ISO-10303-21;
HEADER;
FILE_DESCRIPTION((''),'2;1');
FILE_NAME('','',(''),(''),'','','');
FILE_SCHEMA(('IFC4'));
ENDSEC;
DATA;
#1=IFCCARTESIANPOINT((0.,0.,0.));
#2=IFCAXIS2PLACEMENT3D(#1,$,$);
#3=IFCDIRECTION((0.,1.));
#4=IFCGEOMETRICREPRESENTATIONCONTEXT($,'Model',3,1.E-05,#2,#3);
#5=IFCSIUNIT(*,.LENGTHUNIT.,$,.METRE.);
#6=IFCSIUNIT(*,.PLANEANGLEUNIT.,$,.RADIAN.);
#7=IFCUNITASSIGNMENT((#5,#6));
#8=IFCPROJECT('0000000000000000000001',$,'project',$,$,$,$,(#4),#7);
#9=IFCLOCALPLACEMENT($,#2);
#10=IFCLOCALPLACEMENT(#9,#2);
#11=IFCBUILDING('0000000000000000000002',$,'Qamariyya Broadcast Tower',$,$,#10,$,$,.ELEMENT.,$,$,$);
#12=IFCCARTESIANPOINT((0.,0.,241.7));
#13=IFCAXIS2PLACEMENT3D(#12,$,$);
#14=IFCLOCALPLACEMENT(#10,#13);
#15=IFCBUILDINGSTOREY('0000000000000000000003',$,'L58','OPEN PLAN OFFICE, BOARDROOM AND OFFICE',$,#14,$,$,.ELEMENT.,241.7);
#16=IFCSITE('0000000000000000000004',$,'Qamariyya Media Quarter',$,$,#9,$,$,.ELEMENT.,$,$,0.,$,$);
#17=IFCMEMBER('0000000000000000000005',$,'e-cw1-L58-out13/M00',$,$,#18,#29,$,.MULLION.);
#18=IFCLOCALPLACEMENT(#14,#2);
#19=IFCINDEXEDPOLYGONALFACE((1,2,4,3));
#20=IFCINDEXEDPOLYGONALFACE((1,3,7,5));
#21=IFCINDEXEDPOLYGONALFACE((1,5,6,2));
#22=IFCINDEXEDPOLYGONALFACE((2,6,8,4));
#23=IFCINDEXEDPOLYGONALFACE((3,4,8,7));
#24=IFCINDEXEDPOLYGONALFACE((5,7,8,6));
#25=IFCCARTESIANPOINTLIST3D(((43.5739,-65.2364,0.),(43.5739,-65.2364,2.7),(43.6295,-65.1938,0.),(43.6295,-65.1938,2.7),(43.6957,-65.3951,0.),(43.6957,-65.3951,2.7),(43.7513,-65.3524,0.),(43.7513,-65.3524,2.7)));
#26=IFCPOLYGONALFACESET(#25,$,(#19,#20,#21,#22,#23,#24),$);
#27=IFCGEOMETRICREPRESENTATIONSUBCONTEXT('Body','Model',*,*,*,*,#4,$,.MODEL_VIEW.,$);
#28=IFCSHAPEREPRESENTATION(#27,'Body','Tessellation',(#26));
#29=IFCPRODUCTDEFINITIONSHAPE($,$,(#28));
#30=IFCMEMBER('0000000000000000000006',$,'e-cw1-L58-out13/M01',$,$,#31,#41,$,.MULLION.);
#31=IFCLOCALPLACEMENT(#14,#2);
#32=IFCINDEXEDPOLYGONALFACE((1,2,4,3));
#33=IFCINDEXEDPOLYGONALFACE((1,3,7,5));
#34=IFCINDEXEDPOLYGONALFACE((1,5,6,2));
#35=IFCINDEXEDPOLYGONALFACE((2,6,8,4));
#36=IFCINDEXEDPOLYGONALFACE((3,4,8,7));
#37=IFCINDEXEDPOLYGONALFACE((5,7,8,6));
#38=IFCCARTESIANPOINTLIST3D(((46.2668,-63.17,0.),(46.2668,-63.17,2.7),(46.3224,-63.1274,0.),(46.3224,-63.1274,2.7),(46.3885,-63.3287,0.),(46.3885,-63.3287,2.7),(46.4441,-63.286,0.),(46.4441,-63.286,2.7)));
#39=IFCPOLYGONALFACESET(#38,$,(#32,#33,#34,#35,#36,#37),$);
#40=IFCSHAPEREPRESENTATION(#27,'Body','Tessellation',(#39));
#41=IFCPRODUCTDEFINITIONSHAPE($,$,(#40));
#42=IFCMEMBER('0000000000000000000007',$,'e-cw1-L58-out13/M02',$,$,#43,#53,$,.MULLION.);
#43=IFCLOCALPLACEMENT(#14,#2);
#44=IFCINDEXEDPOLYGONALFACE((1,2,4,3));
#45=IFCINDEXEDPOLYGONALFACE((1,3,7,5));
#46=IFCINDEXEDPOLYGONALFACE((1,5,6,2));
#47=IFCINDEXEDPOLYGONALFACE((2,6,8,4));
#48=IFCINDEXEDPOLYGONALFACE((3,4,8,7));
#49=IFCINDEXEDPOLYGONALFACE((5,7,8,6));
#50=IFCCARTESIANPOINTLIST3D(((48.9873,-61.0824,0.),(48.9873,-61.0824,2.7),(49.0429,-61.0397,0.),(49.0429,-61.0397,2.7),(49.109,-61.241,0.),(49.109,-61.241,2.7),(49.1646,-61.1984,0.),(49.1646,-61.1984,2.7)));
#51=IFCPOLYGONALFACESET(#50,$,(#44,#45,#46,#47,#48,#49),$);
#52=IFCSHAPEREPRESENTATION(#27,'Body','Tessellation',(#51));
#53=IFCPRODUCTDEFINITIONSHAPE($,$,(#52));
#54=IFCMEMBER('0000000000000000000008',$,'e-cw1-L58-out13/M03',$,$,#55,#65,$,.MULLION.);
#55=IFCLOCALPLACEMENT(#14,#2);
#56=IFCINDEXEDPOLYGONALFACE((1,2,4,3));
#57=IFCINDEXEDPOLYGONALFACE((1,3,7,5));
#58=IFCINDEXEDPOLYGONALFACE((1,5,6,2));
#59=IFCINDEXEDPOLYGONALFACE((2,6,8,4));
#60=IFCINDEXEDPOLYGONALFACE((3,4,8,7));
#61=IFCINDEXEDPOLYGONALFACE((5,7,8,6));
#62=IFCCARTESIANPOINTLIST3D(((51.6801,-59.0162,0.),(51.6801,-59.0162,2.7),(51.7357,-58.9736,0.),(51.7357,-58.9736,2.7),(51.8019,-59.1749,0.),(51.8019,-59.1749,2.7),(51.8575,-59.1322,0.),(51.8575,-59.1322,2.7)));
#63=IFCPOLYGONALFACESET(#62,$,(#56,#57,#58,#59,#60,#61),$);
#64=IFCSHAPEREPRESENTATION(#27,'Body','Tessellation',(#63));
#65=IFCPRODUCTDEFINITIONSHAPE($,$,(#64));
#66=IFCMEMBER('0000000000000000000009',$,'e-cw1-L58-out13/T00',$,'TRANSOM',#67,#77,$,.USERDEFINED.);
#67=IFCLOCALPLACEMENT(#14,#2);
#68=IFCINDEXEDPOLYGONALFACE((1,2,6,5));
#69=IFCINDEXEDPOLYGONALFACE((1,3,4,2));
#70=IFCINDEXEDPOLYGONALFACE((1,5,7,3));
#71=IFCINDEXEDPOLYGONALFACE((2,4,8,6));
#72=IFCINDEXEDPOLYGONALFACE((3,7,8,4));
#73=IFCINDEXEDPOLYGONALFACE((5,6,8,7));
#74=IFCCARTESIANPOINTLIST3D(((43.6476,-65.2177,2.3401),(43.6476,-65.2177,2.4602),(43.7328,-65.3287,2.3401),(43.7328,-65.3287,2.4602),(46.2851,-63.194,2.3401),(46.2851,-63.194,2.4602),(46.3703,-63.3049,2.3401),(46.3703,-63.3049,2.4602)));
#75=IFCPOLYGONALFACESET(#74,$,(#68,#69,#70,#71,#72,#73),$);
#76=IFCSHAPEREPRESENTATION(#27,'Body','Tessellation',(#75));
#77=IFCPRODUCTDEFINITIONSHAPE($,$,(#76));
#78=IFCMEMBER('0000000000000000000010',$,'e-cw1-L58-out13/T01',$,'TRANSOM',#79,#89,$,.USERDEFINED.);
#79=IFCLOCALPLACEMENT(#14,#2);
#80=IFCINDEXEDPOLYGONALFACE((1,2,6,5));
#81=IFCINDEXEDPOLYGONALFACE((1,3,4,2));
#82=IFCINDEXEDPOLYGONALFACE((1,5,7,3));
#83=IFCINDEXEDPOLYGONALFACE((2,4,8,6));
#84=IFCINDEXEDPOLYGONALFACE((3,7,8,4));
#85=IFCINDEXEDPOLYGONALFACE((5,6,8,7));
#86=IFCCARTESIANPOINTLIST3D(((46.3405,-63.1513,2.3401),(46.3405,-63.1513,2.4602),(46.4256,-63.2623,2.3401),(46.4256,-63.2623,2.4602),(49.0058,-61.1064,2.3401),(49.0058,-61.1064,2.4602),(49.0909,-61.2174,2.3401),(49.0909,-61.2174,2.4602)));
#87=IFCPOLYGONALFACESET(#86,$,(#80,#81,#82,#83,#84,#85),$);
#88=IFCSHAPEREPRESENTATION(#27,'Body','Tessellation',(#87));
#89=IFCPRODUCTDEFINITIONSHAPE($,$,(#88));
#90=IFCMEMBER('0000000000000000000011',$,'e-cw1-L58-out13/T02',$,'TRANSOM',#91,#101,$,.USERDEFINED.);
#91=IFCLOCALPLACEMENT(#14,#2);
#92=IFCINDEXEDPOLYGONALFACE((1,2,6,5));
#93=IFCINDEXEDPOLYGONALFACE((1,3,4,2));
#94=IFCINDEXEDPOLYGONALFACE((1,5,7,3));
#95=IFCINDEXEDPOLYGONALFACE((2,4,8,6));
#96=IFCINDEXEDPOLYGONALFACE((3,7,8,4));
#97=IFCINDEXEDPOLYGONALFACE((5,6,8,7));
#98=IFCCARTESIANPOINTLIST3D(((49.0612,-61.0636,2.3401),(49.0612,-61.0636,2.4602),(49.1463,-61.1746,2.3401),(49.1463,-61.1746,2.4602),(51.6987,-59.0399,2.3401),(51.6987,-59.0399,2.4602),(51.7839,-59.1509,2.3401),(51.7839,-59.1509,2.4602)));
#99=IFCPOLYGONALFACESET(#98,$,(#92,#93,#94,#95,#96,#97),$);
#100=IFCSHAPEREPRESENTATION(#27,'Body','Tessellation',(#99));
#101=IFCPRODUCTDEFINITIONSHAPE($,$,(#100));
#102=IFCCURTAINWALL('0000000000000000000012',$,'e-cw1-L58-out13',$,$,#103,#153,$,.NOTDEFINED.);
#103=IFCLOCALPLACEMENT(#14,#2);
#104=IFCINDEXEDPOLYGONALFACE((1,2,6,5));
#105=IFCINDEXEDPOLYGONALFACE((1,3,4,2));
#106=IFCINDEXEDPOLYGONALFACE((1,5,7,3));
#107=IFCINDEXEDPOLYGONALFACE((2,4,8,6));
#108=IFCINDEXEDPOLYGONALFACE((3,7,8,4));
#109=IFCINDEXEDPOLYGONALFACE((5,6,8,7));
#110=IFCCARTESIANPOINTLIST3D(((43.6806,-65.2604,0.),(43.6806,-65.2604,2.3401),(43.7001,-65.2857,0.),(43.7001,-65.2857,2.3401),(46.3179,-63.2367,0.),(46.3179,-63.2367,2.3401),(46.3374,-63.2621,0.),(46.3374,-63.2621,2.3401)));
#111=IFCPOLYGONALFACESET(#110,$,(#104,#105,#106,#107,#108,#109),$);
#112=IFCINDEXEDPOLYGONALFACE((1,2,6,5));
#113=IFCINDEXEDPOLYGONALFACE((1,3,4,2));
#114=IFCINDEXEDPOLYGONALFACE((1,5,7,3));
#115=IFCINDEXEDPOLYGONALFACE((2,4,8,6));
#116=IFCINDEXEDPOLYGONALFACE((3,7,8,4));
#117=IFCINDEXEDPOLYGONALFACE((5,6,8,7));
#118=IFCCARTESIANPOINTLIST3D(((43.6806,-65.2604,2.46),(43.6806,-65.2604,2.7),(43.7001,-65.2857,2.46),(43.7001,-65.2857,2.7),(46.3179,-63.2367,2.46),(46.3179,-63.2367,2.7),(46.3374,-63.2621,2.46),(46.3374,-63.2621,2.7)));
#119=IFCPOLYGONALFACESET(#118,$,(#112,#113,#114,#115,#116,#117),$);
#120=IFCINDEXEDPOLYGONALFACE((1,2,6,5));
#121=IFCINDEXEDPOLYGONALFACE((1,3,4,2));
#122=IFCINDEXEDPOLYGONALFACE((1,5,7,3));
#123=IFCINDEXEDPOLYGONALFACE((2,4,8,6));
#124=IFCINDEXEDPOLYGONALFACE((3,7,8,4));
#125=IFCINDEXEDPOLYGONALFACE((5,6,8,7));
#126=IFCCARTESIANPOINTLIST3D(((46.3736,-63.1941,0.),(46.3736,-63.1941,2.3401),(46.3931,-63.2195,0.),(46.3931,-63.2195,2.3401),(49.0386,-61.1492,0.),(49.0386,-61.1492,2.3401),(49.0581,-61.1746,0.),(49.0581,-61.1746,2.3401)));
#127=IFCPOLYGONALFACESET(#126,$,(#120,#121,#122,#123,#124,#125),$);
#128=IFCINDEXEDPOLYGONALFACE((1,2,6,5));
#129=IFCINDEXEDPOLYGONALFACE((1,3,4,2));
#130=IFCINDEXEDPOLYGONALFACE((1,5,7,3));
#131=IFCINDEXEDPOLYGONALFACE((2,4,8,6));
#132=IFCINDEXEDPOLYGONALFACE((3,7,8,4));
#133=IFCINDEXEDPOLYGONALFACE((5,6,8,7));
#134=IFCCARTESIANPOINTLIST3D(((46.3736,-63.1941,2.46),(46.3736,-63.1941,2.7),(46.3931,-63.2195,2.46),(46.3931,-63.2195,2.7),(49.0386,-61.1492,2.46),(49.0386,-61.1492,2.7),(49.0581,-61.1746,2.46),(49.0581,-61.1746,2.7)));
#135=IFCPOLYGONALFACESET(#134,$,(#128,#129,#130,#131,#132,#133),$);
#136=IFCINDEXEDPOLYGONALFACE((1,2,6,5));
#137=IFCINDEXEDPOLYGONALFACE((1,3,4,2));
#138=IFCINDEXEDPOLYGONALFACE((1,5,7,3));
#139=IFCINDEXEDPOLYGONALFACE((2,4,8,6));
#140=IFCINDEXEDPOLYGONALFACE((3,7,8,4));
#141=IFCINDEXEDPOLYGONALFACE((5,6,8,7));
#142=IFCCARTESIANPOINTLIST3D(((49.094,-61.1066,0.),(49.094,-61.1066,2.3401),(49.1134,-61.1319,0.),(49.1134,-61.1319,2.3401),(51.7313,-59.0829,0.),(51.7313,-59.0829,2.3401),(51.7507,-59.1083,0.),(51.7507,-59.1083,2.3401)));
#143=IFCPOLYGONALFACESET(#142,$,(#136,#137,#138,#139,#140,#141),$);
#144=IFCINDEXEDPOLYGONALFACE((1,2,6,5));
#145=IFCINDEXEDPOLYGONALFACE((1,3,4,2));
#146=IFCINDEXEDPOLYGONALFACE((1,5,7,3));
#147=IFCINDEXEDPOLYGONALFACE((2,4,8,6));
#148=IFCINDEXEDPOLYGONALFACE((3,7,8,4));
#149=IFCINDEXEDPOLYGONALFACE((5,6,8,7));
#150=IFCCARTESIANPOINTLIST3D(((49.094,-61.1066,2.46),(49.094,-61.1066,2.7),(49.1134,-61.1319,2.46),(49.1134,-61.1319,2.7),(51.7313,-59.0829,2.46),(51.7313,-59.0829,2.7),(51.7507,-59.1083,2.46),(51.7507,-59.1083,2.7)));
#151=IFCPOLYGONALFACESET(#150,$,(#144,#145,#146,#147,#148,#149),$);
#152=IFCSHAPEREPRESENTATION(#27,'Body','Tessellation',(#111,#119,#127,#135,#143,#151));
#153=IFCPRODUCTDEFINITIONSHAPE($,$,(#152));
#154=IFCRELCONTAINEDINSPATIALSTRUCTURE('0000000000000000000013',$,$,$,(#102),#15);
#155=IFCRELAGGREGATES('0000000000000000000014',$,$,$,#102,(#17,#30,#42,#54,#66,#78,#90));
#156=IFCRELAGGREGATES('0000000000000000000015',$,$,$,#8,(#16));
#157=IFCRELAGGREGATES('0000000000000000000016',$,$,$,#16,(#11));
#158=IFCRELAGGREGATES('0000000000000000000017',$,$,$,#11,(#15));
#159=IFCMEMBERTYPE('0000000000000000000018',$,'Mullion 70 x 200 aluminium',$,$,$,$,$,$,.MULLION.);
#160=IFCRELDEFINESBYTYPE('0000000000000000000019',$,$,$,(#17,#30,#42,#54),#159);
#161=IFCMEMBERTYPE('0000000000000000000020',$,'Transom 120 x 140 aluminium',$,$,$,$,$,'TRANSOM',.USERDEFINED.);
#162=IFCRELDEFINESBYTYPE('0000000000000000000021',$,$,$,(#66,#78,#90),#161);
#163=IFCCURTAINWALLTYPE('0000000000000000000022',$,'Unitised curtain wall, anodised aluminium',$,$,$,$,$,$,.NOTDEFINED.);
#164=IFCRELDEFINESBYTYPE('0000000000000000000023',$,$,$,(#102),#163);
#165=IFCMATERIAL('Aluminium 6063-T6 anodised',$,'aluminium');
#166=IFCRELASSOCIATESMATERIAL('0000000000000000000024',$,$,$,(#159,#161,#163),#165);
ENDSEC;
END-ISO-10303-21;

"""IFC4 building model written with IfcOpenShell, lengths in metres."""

from ifc_helpers import new_model, si_unit, direction, frame, origin, origin_2d, place, context, subcontext, project, spatial, rectangle, extrude, material, material_profile, profile_set, type_object, element, aggregate, save


model = new_model("IFC4")

# Units and contexts
model_context = context("Model", 3, precision=1e-05, world=origin(), true_north=direction((0.0, 1.0)))
body_context = subcontext(model_context, "Body", "Model", "MODEL_VIEW")
ifc_project = project(units=[si_unit("LENGTHUNIT", "METRE"), si_unit("PLANEANGLEUNIT", "RADIAN")], contexts=[model_context])

# Members
ifc_material = material(Name="Aluminium 6063-T6 anodised", Category="aluminium")
ifc_material_profile_1 = material_profile(ifc_material, rectangle(XDim=0.2, YDim=0.0701, at=origin_2d()))
ifc_profile_set_1 = profile_set([ifc_material_profile_1], Name="Aluminium 6063-T6 anodised")
member_type_1 = type_object("IfcMemberType", Name="Mullion 70 x 200 aluminium", PredefinedType="MULLION", material=ifc_profile_set_1)
site_placement = place(None, origin())
building_placement = place(site_placement, origin())
storey_placement = place(building_placement, frame((0.0, 0.0, 241.7)))
member_1_placement = place(storey_placement, frame((43.6626, -65.2944, 0.0), z_axis=(0.0, 0.0, 1.0), x_axis=(-0.608761, 0.793353, 0.0)))
member_1 = element("IfcMember", 1, at=member_1_placement, type_object=member_type_1, Name="e-cw1-L58-out13/M00", PredefinedType="MULLION", context=body_context, shape_type="SweptSolid", body=[
    extrude(rectangle(XDim=0.2, YDim=0.0701, at=origin_2d()), origin(), (0.0, 0.0, 1.0), 2.7),
])
member_2_placement = place(storey_placement, frame((46.3555, -63.228, 0.0), z_axis=(0.0, 0.0, 1.0), x_axis=(-0.608761, 0.793353, 0.0)))
member_2 = element("IfcMember", 2, at=member_2_placement, type_object=member_type_1, Name="e-cw1-L58-out13/M01", PredefinedType="MULLION", context=body_context, shape_type="SweptSolid", body=[
    extrude(rectangle(XDim=0.2, YDim=0.0701, at=origin_2d()), origin(), (0.0, 0.0, 1.0), 2.7),
])
member_3_placement = place(storey_placement, frame((49.0759, -61.1404, 0.0), z_axis=(0.0, 0.0, 1.0), x_axis=(-0.608761, 0.793353, 0.0)))
member_3 = element("IfcMember", 3, at=member_3_placement, type_object=member_type_1, Name="e-cw1-L58-out13/M02", PredefinedType="MULLION", context=body_context, shape_type="SweptSolid", body=[
    extrude(rectangle(XDim=0.2, YDim=0.0701, at=origin_2d()), origin(), (0.0, 0.0, 1.0), 2.7),
])
member_4_placement = place(storey_placement, frame((51.7688, -59.0742, 0.0), z_axis=(0.0, 0.0, 1.0), x_axis=(-0.608761, 0.793353, 0.0)))
member_4 = element("IfcMember", 4, at=member_4_placement, type_object=member_type_1, Name="e-cw1-L58-out13/M03", PredefinedType="MULLION", context=body_context, shape_type="SweptSolid", body=[
    extrude(rectangle(XDim=0.2, YDim=0.0701, at=origin_2d()), origin(), (0.0, 0.0, 1.0), 2.7),
])
ifc_material_profile_2 = material_profile(ifc_material, rectangle(XDim=0.1399, YDim=0.1201, at=origin_2d()))
ifc_profile_set_2 = profile_set([ifc_material_profile_2], Name="Aluminium 6063-T6 anodised")
member_type_2 = type_object("IfcMemberType", Name="Transom 120 x 140 aluminium", ElementType="TRANSOM", PredefinedType="USERDEFINED", material=ifc_profile_set_2)
member_5_placement = place(storey_placement, frame((43.6902, -65.2732, 2.4001), z_axis=(0.793369, 0.608741, 0.0), x_axis=(-0.608741, 0.793369, 0.0)))
member_5 = element("IfcMember", 5, at=member_5_placement, type_object=member_type_2, Name="e-cw1-L58-out13/T00", ObjectType="TRANSOM", PredefinedType="USERDEFINED", context=body_context, shape_type="SweptSolid", body=[
    extrude(rectangle(XDim=0.1399, YDim=0.1201, at=origin_2d()), origin(), (0.0, 0.0, 1.0), 3.3245),
])
member_6_placement = place(storey_placement, frame((46.3831, -63.2068, 2.4001), z_axis=(0.793385, 0.60872, 0.0), x_axis=(-0.60872, 0.793385, 0.0)))
member_6 = element("IfcMember", 6, at=member_6_placement, type_object=member_type_2, Name="e-cw1-L58-out13/T01", ObjectType="TRANSOM", PredefinedType="USERDEFINED", context=body_context, shape_type="SweptSolid", body=[
    extrude(rectangle(XDim=0.1399, YDim=0.1201, at=origin_2d()), origin(), (0.0, 0.0, 1.0), 3.3594),
])
member_7_placement = place(storey_placement, frame((49.1038, -61.1191, 2.4001), z_axis=(0.793369, 0.608741, 0.0), x_axis=(-0.608741, 0.793369, 0.0)))
member_7 = element("IfcMember", 7, at=member_7_placement, type_object=member_type_2, Name="e-cw1-L58-out13/T02", ObjectType="TRANSOM", PredefinedType="USERDEFINED", context=body_context, shape_type="SweptSolid", body=[
    extrude(rectangle(XDim=0.1399, YDim=0.1201, at=origin_2d()), origin(), (0.0, 0.0, 1.0), 3.3245),
])

# Site, building, storey
site = spatial("IfcSite", under=ifc_project, at=site_placement, Name="Qamariyya Media Quarter", CompositionType="ELEMENT", RefElevation=0.0)
building = spatial("IfcBuilding", under=site, at=building_placement, Name="Qamariyya Broadcast Tower", CompositionType="ELEMENT")
storey = spatial("IfcBuildingStorey", under=building, at=storey_placement, Name="L58", Description="OPEN PLAN OFFICE, BOARDROOM AND OFFICE", CompositionType="ELEMENT", Elevation=241.7)

# Curtain wall
curtain_wall_type = type_object("IfcCurtainWallType", Name="Unitised curtain wall, anodised aluminium", PredefinedType="NOTDEFINED", material=ifc_material)
curtain_wall_1_placement = place(storey_placement, origin())
curtain_wall_1 = element("IfcCurtainWall", 8, at=curtain_wall_1_placement, inside=storey, type_object=curtain_wall_type, Name="e-cw1-L58-out13", PredefinedType="NOTDEFINED", context=body_context, shape_type="SweptSolid", body=[
    extrude(rectangle(XDim=3.3242, YDim=0.032, at=origin_2d()), frame((45.009, -64.2612, 0.0), x_axis=(0.793359, 0.608754, 0.0)), (0.0, 0.0, 1.0), 2.3401),
    extrude(rectangle(XDim=3.3242, YDim=0.032, at=origin_2d()), frame((45.009, -64.2612, 2.46), x_axis=(0.793359, 0.608754, 0.0)), (0.0, 0.0, 1.0), 0.24),
    extrude(rectangle(XDim=3.3591, YDim=0.032, at=origin_2d()), frame((47.7158, -62.1843, 0.0), x_axis=(0.793359, 0.608754, 0.0)), (0.0, 0.0, 1.0), 2.3401),
    extrude(rectangle(XDim=3.3591, YDim=0.032, at=origin_2d()), frame((47.7158, -62.1843, 2.46), x_axis=(0.793359, 0.608754, 0.0)), (0.0, 0.0, 1.0), 0.24),
    extrude(rectangle(XDim=3.3242, YDim=0.032, at=origin_2d()), frame((50.4224, -60.1074, 0.0), x_axis=(0.793359, 0.608754, 0.0)), (0.0, 0.0, 1.0), 2.3401),
    extrude(rectangle(XDim=3.3242, YDim=0.032, at=origin_2d()), frame((50.4224, -60.1074, 2.46), x_axis=(0.793359, 0.608754, 0.0)), (0.0, 0.0, 1.0), 0.24),
])
aggregate(curtain_wall_1, [member_1, member_2, member_3, member_4, member_5, member_6, member_7])

save(model, "model.ifc")
